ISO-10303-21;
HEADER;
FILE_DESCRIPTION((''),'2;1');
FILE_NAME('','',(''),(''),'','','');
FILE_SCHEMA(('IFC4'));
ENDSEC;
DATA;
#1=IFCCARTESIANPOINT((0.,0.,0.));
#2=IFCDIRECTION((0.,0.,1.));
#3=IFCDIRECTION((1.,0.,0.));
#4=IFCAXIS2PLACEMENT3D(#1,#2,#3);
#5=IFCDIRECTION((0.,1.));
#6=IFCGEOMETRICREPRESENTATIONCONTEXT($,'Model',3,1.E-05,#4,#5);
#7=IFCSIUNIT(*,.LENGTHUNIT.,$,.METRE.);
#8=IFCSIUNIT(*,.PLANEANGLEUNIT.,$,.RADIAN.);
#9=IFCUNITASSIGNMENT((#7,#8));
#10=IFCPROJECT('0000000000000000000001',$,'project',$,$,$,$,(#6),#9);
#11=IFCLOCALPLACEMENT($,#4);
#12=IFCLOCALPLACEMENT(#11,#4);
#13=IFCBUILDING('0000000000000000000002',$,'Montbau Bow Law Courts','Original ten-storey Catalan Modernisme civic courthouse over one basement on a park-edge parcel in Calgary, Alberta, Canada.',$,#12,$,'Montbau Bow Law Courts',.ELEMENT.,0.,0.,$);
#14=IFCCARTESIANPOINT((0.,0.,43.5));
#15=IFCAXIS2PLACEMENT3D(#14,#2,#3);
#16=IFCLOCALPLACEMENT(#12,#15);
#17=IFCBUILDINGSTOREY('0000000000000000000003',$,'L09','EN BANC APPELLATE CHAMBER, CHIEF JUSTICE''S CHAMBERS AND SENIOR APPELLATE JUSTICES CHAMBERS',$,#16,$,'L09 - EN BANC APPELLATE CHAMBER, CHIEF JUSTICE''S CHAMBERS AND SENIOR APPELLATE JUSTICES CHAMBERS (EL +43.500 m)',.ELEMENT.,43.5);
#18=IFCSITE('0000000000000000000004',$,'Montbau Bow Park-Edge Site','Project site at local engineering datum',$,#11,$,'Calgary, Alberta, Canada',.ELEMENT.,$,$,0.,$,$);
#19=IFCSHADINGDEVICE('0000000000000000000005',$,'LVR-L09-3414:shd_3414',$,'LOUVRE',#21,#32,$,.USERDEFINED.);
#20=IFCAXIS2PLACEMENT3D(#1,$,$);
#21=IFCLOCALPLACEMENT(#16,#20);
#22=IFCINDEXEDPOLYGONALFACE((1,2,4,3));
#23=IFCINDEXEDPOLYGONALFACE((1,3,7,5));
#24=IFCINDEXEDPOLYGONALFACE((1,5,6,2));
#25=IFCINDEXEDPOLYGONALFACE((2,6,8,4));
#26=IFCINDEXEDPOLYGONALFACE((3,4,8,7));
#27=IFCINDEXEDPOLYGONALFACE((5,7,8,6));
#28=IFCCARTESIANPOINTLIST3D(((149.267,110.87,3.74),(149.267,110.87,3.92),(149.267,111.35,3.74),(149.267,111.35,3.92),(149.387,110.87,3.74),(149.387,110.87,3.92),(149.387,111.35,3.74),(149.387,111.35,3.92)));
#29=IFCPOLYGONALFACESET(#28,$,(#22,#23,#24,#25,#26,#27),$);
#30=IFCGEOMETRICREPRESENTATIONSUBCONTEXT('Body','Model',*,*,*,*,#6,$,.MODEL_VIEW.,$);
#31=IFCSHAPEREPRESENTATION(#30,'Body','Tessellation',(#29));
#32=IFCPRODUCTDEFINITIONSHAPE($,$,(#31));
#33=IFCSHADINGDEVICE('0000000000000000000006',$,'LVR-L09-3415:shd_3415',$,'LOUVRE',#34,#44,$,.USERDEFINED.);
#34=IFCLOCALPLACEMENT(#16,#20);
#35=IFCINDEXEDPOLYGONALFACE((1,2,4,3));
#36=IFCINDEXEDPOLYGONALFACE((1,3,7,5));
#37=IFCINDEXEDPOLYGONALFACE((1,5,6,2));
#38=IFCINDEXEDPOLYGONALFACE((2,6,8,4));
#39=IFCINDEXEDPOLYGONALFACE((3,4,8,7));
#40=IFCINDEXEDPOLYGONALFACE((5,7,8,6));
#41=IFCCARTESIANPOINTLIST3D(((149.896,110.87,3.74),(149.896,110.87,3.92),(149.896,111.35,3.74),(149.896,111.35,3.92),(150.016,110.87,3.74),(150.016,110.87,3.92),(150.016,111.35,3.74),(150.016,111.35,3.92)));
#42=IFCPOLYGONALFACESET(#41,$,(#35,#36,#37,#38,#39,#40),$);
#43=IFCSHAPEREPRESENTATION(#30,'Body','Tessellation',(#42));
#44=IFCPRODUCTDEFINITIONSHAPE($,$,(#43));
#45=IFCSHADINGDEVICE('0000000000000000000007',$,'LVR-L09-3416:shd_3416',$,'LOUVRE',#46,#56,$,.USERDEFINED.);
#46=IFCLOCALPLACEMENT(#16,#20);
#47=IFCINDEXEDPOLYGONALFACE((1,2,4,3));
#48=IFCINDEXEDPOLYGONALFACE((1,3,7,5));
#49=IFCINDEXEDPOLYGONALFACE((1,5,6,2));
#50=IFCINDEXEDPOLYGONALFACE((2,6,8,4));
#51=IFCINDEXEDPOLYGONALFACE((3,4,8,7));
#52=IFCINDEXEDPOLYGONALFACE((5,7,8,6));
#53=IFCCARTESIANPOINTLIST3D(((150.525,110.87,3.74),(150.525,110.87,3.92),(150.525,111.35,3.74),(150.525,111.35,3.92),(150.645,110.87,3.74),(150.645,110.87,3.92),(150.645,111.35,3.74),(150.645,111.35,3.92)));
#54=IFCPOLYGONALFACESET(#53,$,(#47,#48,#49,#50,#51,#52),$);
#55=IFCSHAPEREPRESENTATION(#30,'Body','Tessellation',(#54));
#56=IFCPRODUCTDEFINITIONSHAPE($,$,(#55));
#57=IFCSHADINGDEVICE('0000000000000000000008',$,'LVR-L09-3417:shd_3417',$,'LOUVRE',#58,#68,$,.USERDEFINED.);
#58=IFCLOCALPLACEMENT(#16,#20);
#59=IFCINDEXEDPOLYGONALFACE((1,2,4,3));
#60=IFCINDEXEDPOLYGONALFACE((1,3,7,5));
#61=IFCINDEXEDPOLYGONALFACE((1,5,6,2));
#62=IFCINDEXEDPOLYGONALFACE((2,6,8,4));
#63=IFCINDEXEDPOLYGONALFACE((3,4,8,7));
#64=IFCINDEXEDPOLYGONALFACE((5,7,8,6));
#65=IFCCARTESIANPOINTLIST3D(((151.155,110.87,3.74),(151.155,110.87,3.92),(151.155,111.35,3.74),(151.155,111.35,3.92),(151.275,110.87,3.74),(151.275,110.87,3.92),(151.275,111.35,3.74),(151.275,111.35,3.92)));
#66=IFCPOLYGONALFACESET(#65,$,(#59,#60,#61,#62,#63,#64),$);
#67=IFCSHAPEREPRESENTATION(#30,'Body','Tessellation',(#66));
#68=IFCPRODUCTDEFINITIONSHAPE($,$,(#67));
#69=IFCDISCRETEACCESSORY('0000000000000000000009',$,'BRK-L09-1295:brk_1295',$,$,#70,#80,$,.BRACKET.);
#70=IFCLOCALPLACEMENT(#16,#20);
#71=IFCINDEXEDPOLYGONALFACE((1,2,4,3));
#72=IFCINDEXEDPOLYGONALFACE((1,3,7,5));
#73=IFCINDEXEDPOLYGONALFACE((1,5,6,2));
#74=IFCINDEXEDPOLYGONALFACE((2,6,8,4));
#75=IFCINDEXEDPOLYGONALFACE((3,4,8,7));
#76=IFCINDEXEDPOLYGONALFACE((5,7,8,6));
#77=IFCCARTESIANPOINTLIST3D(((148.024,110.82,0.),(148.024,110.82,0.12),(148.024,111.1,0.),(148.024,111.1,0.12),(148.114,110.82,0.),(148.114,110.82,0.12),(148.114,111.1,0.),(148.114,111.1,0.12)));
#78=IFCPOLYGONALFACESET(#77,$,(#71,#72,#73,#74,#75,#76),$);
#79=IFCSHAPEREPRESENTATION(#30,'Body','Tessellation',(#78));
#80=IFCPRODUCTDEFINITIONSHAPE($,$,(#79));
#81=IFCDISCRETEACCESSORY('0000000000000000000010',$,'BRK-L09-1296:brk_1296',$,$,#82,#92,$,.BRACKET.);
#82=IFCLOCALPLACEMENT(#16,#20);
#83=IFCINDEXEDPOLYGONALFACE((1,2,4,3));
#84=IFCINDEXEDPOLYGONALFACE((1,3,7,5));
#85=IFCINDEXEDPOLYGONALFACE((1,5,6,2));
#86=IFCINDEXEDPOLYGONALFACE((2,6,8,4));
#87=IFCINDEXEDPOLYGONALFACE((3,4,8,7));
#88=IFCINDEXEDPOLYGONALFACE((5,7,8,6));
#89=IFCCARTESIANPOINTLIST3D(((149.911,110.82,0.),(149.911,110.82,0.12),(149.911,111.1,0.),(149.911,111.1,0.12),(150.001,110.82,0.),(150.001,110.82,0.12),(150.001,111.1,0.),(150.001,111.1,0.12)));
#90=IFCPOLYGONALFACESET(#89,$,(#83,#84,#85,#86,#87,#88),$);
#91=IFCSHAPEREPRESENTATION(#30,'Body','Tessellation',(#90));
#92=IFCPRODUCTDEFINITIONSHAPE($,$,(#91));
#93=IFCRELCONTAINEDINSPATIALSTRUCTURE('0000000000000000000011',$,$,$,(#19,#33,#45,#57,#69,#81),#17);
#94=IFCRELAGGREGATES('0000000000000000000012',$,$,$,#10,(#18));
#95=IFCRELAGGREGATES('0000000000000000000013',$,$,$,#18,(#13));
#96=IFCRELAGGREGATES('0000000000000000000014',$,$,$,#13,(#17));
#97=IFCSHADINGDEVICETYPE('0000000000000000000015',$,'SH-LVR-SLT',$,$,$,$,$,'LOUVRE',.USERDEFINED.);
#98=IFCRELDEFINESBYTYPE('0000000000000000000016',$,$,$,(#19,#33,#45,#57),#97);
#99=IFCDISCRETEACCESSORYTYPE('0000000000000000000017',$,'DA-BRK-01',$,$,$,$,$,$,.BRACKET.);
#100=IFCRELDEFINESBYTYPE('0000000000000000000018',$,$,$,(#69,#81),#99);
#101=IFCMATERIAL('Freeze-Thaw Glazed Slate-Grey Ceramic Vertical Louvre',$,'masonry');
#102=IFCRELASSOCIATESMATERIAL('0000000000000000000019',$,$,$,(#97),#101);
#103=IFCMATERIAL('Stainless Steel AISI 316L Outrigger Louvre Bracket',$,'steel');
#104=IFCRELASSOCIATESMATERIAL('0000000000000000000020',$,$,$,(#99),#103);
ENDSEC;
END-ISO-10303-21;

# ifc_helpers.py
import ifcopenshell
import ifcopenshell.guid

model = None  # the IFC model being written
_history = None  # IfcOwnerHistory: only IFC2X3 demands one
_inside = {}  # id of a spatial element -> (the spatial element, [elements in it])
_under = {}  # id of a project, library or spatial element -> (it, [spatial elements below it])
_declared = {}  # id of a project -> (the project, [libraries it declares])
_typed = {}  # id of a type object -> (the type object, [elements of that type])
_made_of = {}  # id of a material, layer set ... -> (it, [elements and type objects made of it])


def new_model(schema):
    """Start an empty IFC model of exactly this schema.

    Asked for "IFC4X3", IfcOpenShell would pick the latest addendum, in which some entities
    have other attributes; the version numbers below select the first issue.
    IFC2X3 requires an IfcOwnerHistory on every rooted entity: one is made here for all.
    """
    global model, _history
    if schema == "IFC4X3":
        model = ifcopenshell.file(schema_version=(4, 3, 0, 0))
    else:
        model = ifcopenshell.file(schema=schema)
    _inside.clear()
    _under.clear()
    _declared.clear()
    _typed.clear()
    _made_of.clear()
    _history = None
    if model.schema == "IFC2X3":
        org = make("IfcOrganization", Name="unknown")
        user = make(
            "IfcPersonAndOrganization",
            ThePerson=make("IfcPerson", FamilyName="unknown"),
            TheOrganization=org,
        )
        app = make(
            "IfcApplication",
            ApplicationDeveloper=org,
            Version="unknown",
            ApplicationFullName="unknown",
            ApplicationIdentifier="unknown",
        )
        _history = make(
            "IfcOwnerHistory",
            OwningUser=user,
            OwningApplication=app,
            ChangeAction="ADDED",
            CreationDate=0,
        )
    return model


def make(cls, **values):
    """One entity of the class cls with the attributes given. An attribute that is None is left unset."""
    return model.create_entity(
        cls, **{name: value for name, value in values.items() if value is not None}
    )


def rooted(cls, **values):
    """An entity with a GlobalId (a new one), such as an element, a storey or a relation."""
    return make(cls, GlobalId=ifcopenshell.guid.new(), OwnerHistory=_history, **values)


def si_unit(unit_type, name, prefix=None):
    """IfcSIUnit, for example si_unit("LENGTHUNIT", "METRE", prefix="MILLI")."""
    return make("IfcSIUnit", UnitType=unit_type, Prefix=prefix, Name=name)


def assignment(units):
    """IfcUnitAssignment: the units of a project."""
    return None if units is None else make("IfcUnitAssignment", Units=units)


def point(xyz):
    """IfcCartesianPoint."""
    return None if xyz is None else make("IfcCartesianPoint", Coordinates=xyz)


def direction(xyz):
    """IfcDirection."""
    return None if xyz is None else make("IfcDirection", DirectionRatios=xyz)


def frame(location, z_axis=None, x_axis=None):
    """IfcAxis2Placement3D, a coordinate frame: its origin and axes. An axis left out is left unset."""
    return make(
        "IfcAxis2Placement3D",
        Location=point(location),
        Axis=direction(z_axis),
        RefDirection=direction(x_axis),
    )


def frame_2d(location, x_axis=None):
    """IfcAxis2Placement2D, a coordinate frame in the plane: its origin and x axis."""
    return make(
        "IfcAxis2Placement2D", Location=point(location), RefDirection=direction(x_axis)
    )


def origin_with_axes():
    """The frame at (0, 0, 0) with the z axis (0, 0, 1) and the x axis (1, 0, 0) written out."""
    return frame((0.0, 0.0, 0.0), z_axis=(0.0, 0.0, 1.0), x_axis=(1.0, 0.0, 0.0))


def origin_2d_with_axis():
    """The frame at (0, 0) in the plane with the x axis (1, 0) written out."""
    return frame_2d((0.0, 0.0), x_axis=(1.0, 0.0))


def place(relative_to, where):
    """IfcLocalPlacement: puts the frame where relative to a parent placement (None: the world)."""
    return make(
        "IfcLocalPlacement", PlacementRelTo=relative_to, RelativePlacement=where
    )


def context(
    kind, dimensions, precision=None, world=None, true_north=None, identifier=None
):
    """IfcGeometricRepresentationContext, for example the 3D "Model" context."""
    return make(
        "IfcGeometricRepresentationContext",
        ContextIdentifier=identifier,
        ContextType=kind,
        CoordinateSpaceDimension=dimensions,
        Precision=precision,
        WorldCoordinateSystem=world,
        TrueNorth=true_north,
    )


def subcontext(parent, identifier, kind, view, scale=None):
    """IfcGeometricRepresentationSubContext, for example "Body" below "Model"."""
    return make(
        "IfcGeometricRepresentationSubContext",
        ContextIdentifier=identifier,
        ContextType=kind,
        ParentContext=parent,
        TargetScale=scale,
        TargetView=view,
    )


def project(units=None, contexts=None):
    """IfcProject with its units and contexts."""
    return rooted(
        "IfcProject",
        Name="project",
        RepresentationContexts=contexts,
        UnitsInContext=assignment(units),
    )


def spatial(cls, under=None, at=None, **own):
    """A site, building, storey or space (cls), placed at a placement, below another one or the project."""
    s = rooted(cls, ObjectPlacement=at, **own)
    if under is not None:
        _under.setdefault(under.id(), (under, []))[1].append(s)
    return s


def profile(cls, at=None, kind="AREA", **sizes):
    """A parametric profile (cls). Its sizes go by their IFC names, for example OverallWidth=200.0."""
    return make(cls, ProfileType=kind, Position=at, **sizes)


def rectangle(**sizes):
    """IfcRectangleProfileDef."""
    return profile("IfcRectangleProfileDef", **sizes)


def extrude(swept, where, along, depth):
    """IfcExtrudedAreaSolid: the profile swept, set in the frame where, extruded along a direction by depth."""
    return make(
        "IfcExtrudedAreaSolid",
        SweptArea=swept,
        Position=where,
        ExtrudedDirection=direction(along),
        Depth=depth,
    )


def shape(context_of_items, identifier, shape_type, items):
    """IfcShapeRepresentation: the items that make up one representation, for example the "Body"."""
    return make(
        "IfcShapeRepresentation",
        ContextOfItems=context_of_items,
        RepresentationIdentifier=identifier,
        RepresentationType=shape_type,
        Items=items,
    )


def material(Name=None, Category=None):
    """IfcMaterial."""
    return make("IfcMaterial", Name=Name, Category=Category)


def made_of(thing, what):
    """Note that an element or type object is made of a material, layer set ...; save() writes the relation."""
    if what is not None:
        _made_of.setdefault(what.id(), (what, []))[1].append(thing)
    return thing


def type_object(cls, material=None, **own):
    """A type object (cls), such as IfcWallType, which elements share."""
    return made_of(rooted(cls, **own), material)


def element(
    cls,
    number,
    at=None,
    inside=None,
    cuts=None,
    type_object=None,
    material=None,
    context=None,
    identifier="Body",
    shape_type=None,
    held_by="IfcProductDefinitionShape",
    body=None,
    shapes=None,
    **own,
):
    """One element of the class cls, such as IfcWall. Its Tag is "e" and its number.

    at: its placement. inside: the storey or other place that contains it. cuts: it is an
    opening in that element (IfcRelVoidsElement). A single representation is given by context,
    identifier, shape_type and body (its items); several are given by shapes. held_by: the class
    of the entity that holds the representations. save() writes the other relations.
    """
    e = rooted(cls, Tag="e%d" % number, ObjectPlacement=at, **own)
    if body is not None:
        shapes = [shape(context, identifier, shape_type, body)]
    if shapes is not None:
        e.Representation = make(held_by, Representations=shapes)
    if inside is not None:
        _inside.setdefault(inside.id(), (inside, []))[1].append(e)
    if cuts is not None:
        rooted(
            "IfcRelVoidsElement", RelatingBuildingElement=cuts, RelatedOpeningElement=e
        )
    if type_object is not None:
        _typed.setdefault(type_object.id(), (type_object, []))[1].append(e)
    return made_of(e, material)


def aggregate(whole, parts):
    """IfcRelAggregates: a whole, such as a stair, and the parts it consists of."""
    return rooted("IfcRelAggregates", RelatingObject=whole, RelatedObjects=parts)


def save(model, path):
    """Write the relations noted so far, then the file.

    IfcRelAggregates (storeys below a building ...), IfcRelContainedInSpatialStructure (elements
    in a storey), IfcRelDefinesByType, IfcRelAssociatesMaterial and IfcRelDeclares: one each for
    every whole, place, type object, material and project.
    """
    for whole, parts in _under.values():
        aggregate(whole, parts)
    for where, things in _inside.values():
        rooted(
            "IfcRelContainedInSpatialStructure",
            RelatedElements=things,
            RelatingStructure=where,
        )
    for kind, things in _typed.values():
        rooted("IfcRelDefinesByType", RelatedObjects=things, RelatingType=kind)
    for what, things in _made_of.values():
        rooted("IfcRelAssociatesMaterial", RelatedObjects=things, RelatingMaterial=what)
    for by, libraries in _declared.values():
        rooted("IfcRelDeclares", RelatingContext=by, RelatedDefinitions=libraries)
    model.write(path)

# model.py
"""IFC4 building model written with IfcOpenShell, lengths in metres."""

from ifc_helpers import new_model, si_unit, direction, frame, origin_with_axes, origin_2d_with_axis, place, context, subcontext, project, spatial, rectangle, extrude, material, type_object, element, save


model = new_model("IFC4")

# Units and contexts
model_context = context("Model", 3, precision=1e-05, world=origin_with_axes(), true_north=direction((0.0, 1.0)))
body_context = subcontext(model_context, "Body", "Model", "MODEL_VIEW")
ifc_project = project(units=[si_unit("LENGTHUNIT", "METRE"), si_unit("PLANEANGLEUNIT", "RADIAN")], contexts=[model_context])

# Site, building, storey
site_placement = place(None, origin_with_axes())
site = spatial("IfcSite", under=ifc_project, at=site_placement, Name="Montbau Bow Park-Edge Site", Description="Project site at local engineering datum", LongName="Calgary, Alberta, Canada", CompositionType="ELEMENT", RefElevation=0.0)
building_placement = place(site_placement, origin_with_axes())
building = spatial("IfcBuilding", under=site, at=building_placement, Name="Montbau Bow Law Courts", Description="Original ten-storey Catalan Modernisme civic courthouse over one basement on a park-edge parcel in Calgary, Alberta, Canada.", LongName="Montbau Bow Law Courts", CompositionType="ELEMENT", ElevationOfRefHeight=0.0, ElevationOfTerrain=0.0)
storey_placement = place(building_placement, frame((0.0, 0.0, 43.5), z_axis=(0.0, 0.0, 1.0), x_axis=(1.0, 0.0, 0.0)))
storey = spatial("IfcBuildingStorey", under=building, at=storey_placement, Name="L09", Description="EN BANC APPELLATE CHAMBER, CHIEF JUSTICE'S CHAMBERS AND SENIOR APPELLATE JUSTICES CHAMBERS", LongName="L09 - EN BANC APPELLATE CHAMBER, CHIEF JUSTICE'S CHAMBERS AND SENIOR APPELLATE JUSTICES CHAMBERS (EL +43.500 m)", CompositionType="ELEMENT", Elevation=43.5)

# Shared definitions
ifc_material_1 = material(Name="Freeze-Thaw Glazed Slate-Grey Ceramic Vertical Louvre", Category="masonry")

# Shading devices
shading_device_type = type_object("IfcShadingDeviceType", Name="SH-LVR-SLT", ElementType="LOUVRE", PredefinedType="USERDEFINED", material=ifc_material_1)
for number, where, z_axis, x_axis, name in (
    (1, (149.327, 111.11, 47.24), (0.0, 0.0, 1.0), (0.0, 1.0, 0.0), "LVR-L09-3414:shd_3414"),
    (2, (149.956, 111.11, 47.24), (0.0, 0.0, 1.0), (0.0, 1.0, 0.0), "LVR-L09-3415:shd_3415"),
    (3, (150.585, 111.11, 47.24), (0.0, 0.0, 1.0), (0.0, 1.0, 0.0), "LVR-L09-3416:shd_3416"),
    (4, (151.215, 111.11, 47.24), (0.0, 0.0, 1.0), (0.0, 1.0, 0.0), "LVR-L09-3417:shd_3417"),
):
    element("IfcShadingDevice", number, at=place(None, frame(where, z_axis=z_axis, x_axis=x_axis)), inside=storey, type_object=shading_device_type, Name=name, ObjectType="LOUVRE", PredefinedType="USERDEFINED", context=body_context, shape_type="SweptSolid", body=[
        extrude(rectangle(XDim=0.48, YDim=0.12, at=origin_2d_with_axis()), origin_with_axes(), (0.0, 0.0, 1.0), 0.18),
    ])

# Discrete accessories
ifc_material_2 = material(Name="Stainless Steel AISI 316L Outrigger Louvre Bracket", Category="steel")
discrete_accessory_type = type_object("IfcDiscreteAccessoryType", Name="DA-BRK-01", PredefinedType="BRACKET", material=ifc_material_2)
for number, where, z_axis, x_axis, name in (
    (5, (148.069, 110.96, 43.5), (0.0, 0.0, 1.0), (0.0, 1.0, 0.0), "BRK-L09-1295:brk_1295"),
    (6, (149.956, 110.96, 43.5), (0.0, 0.0, 1.0), (0.0, 1.0, 0.0), "BRK-L09-1296:brk_1296"),
):
    element("IfcDiscreteAccessory", number, at=place(None, frame(where, z_axis=z_axis, x_axis=x_axis)), inside=storey, type_object=discrete_accessory_type, Name=name, PredefinedType="BRACKET", context=body_context, shape_type="SweptSolid", body=[
        extrude(rectangle(XDim=0.28, YDim=0.09, at=origin_2d_with_axis()), origin_with_axes(), (0.0, 0.0, 1.0), 0.12),
    ])

save(model, "model.ifc")
